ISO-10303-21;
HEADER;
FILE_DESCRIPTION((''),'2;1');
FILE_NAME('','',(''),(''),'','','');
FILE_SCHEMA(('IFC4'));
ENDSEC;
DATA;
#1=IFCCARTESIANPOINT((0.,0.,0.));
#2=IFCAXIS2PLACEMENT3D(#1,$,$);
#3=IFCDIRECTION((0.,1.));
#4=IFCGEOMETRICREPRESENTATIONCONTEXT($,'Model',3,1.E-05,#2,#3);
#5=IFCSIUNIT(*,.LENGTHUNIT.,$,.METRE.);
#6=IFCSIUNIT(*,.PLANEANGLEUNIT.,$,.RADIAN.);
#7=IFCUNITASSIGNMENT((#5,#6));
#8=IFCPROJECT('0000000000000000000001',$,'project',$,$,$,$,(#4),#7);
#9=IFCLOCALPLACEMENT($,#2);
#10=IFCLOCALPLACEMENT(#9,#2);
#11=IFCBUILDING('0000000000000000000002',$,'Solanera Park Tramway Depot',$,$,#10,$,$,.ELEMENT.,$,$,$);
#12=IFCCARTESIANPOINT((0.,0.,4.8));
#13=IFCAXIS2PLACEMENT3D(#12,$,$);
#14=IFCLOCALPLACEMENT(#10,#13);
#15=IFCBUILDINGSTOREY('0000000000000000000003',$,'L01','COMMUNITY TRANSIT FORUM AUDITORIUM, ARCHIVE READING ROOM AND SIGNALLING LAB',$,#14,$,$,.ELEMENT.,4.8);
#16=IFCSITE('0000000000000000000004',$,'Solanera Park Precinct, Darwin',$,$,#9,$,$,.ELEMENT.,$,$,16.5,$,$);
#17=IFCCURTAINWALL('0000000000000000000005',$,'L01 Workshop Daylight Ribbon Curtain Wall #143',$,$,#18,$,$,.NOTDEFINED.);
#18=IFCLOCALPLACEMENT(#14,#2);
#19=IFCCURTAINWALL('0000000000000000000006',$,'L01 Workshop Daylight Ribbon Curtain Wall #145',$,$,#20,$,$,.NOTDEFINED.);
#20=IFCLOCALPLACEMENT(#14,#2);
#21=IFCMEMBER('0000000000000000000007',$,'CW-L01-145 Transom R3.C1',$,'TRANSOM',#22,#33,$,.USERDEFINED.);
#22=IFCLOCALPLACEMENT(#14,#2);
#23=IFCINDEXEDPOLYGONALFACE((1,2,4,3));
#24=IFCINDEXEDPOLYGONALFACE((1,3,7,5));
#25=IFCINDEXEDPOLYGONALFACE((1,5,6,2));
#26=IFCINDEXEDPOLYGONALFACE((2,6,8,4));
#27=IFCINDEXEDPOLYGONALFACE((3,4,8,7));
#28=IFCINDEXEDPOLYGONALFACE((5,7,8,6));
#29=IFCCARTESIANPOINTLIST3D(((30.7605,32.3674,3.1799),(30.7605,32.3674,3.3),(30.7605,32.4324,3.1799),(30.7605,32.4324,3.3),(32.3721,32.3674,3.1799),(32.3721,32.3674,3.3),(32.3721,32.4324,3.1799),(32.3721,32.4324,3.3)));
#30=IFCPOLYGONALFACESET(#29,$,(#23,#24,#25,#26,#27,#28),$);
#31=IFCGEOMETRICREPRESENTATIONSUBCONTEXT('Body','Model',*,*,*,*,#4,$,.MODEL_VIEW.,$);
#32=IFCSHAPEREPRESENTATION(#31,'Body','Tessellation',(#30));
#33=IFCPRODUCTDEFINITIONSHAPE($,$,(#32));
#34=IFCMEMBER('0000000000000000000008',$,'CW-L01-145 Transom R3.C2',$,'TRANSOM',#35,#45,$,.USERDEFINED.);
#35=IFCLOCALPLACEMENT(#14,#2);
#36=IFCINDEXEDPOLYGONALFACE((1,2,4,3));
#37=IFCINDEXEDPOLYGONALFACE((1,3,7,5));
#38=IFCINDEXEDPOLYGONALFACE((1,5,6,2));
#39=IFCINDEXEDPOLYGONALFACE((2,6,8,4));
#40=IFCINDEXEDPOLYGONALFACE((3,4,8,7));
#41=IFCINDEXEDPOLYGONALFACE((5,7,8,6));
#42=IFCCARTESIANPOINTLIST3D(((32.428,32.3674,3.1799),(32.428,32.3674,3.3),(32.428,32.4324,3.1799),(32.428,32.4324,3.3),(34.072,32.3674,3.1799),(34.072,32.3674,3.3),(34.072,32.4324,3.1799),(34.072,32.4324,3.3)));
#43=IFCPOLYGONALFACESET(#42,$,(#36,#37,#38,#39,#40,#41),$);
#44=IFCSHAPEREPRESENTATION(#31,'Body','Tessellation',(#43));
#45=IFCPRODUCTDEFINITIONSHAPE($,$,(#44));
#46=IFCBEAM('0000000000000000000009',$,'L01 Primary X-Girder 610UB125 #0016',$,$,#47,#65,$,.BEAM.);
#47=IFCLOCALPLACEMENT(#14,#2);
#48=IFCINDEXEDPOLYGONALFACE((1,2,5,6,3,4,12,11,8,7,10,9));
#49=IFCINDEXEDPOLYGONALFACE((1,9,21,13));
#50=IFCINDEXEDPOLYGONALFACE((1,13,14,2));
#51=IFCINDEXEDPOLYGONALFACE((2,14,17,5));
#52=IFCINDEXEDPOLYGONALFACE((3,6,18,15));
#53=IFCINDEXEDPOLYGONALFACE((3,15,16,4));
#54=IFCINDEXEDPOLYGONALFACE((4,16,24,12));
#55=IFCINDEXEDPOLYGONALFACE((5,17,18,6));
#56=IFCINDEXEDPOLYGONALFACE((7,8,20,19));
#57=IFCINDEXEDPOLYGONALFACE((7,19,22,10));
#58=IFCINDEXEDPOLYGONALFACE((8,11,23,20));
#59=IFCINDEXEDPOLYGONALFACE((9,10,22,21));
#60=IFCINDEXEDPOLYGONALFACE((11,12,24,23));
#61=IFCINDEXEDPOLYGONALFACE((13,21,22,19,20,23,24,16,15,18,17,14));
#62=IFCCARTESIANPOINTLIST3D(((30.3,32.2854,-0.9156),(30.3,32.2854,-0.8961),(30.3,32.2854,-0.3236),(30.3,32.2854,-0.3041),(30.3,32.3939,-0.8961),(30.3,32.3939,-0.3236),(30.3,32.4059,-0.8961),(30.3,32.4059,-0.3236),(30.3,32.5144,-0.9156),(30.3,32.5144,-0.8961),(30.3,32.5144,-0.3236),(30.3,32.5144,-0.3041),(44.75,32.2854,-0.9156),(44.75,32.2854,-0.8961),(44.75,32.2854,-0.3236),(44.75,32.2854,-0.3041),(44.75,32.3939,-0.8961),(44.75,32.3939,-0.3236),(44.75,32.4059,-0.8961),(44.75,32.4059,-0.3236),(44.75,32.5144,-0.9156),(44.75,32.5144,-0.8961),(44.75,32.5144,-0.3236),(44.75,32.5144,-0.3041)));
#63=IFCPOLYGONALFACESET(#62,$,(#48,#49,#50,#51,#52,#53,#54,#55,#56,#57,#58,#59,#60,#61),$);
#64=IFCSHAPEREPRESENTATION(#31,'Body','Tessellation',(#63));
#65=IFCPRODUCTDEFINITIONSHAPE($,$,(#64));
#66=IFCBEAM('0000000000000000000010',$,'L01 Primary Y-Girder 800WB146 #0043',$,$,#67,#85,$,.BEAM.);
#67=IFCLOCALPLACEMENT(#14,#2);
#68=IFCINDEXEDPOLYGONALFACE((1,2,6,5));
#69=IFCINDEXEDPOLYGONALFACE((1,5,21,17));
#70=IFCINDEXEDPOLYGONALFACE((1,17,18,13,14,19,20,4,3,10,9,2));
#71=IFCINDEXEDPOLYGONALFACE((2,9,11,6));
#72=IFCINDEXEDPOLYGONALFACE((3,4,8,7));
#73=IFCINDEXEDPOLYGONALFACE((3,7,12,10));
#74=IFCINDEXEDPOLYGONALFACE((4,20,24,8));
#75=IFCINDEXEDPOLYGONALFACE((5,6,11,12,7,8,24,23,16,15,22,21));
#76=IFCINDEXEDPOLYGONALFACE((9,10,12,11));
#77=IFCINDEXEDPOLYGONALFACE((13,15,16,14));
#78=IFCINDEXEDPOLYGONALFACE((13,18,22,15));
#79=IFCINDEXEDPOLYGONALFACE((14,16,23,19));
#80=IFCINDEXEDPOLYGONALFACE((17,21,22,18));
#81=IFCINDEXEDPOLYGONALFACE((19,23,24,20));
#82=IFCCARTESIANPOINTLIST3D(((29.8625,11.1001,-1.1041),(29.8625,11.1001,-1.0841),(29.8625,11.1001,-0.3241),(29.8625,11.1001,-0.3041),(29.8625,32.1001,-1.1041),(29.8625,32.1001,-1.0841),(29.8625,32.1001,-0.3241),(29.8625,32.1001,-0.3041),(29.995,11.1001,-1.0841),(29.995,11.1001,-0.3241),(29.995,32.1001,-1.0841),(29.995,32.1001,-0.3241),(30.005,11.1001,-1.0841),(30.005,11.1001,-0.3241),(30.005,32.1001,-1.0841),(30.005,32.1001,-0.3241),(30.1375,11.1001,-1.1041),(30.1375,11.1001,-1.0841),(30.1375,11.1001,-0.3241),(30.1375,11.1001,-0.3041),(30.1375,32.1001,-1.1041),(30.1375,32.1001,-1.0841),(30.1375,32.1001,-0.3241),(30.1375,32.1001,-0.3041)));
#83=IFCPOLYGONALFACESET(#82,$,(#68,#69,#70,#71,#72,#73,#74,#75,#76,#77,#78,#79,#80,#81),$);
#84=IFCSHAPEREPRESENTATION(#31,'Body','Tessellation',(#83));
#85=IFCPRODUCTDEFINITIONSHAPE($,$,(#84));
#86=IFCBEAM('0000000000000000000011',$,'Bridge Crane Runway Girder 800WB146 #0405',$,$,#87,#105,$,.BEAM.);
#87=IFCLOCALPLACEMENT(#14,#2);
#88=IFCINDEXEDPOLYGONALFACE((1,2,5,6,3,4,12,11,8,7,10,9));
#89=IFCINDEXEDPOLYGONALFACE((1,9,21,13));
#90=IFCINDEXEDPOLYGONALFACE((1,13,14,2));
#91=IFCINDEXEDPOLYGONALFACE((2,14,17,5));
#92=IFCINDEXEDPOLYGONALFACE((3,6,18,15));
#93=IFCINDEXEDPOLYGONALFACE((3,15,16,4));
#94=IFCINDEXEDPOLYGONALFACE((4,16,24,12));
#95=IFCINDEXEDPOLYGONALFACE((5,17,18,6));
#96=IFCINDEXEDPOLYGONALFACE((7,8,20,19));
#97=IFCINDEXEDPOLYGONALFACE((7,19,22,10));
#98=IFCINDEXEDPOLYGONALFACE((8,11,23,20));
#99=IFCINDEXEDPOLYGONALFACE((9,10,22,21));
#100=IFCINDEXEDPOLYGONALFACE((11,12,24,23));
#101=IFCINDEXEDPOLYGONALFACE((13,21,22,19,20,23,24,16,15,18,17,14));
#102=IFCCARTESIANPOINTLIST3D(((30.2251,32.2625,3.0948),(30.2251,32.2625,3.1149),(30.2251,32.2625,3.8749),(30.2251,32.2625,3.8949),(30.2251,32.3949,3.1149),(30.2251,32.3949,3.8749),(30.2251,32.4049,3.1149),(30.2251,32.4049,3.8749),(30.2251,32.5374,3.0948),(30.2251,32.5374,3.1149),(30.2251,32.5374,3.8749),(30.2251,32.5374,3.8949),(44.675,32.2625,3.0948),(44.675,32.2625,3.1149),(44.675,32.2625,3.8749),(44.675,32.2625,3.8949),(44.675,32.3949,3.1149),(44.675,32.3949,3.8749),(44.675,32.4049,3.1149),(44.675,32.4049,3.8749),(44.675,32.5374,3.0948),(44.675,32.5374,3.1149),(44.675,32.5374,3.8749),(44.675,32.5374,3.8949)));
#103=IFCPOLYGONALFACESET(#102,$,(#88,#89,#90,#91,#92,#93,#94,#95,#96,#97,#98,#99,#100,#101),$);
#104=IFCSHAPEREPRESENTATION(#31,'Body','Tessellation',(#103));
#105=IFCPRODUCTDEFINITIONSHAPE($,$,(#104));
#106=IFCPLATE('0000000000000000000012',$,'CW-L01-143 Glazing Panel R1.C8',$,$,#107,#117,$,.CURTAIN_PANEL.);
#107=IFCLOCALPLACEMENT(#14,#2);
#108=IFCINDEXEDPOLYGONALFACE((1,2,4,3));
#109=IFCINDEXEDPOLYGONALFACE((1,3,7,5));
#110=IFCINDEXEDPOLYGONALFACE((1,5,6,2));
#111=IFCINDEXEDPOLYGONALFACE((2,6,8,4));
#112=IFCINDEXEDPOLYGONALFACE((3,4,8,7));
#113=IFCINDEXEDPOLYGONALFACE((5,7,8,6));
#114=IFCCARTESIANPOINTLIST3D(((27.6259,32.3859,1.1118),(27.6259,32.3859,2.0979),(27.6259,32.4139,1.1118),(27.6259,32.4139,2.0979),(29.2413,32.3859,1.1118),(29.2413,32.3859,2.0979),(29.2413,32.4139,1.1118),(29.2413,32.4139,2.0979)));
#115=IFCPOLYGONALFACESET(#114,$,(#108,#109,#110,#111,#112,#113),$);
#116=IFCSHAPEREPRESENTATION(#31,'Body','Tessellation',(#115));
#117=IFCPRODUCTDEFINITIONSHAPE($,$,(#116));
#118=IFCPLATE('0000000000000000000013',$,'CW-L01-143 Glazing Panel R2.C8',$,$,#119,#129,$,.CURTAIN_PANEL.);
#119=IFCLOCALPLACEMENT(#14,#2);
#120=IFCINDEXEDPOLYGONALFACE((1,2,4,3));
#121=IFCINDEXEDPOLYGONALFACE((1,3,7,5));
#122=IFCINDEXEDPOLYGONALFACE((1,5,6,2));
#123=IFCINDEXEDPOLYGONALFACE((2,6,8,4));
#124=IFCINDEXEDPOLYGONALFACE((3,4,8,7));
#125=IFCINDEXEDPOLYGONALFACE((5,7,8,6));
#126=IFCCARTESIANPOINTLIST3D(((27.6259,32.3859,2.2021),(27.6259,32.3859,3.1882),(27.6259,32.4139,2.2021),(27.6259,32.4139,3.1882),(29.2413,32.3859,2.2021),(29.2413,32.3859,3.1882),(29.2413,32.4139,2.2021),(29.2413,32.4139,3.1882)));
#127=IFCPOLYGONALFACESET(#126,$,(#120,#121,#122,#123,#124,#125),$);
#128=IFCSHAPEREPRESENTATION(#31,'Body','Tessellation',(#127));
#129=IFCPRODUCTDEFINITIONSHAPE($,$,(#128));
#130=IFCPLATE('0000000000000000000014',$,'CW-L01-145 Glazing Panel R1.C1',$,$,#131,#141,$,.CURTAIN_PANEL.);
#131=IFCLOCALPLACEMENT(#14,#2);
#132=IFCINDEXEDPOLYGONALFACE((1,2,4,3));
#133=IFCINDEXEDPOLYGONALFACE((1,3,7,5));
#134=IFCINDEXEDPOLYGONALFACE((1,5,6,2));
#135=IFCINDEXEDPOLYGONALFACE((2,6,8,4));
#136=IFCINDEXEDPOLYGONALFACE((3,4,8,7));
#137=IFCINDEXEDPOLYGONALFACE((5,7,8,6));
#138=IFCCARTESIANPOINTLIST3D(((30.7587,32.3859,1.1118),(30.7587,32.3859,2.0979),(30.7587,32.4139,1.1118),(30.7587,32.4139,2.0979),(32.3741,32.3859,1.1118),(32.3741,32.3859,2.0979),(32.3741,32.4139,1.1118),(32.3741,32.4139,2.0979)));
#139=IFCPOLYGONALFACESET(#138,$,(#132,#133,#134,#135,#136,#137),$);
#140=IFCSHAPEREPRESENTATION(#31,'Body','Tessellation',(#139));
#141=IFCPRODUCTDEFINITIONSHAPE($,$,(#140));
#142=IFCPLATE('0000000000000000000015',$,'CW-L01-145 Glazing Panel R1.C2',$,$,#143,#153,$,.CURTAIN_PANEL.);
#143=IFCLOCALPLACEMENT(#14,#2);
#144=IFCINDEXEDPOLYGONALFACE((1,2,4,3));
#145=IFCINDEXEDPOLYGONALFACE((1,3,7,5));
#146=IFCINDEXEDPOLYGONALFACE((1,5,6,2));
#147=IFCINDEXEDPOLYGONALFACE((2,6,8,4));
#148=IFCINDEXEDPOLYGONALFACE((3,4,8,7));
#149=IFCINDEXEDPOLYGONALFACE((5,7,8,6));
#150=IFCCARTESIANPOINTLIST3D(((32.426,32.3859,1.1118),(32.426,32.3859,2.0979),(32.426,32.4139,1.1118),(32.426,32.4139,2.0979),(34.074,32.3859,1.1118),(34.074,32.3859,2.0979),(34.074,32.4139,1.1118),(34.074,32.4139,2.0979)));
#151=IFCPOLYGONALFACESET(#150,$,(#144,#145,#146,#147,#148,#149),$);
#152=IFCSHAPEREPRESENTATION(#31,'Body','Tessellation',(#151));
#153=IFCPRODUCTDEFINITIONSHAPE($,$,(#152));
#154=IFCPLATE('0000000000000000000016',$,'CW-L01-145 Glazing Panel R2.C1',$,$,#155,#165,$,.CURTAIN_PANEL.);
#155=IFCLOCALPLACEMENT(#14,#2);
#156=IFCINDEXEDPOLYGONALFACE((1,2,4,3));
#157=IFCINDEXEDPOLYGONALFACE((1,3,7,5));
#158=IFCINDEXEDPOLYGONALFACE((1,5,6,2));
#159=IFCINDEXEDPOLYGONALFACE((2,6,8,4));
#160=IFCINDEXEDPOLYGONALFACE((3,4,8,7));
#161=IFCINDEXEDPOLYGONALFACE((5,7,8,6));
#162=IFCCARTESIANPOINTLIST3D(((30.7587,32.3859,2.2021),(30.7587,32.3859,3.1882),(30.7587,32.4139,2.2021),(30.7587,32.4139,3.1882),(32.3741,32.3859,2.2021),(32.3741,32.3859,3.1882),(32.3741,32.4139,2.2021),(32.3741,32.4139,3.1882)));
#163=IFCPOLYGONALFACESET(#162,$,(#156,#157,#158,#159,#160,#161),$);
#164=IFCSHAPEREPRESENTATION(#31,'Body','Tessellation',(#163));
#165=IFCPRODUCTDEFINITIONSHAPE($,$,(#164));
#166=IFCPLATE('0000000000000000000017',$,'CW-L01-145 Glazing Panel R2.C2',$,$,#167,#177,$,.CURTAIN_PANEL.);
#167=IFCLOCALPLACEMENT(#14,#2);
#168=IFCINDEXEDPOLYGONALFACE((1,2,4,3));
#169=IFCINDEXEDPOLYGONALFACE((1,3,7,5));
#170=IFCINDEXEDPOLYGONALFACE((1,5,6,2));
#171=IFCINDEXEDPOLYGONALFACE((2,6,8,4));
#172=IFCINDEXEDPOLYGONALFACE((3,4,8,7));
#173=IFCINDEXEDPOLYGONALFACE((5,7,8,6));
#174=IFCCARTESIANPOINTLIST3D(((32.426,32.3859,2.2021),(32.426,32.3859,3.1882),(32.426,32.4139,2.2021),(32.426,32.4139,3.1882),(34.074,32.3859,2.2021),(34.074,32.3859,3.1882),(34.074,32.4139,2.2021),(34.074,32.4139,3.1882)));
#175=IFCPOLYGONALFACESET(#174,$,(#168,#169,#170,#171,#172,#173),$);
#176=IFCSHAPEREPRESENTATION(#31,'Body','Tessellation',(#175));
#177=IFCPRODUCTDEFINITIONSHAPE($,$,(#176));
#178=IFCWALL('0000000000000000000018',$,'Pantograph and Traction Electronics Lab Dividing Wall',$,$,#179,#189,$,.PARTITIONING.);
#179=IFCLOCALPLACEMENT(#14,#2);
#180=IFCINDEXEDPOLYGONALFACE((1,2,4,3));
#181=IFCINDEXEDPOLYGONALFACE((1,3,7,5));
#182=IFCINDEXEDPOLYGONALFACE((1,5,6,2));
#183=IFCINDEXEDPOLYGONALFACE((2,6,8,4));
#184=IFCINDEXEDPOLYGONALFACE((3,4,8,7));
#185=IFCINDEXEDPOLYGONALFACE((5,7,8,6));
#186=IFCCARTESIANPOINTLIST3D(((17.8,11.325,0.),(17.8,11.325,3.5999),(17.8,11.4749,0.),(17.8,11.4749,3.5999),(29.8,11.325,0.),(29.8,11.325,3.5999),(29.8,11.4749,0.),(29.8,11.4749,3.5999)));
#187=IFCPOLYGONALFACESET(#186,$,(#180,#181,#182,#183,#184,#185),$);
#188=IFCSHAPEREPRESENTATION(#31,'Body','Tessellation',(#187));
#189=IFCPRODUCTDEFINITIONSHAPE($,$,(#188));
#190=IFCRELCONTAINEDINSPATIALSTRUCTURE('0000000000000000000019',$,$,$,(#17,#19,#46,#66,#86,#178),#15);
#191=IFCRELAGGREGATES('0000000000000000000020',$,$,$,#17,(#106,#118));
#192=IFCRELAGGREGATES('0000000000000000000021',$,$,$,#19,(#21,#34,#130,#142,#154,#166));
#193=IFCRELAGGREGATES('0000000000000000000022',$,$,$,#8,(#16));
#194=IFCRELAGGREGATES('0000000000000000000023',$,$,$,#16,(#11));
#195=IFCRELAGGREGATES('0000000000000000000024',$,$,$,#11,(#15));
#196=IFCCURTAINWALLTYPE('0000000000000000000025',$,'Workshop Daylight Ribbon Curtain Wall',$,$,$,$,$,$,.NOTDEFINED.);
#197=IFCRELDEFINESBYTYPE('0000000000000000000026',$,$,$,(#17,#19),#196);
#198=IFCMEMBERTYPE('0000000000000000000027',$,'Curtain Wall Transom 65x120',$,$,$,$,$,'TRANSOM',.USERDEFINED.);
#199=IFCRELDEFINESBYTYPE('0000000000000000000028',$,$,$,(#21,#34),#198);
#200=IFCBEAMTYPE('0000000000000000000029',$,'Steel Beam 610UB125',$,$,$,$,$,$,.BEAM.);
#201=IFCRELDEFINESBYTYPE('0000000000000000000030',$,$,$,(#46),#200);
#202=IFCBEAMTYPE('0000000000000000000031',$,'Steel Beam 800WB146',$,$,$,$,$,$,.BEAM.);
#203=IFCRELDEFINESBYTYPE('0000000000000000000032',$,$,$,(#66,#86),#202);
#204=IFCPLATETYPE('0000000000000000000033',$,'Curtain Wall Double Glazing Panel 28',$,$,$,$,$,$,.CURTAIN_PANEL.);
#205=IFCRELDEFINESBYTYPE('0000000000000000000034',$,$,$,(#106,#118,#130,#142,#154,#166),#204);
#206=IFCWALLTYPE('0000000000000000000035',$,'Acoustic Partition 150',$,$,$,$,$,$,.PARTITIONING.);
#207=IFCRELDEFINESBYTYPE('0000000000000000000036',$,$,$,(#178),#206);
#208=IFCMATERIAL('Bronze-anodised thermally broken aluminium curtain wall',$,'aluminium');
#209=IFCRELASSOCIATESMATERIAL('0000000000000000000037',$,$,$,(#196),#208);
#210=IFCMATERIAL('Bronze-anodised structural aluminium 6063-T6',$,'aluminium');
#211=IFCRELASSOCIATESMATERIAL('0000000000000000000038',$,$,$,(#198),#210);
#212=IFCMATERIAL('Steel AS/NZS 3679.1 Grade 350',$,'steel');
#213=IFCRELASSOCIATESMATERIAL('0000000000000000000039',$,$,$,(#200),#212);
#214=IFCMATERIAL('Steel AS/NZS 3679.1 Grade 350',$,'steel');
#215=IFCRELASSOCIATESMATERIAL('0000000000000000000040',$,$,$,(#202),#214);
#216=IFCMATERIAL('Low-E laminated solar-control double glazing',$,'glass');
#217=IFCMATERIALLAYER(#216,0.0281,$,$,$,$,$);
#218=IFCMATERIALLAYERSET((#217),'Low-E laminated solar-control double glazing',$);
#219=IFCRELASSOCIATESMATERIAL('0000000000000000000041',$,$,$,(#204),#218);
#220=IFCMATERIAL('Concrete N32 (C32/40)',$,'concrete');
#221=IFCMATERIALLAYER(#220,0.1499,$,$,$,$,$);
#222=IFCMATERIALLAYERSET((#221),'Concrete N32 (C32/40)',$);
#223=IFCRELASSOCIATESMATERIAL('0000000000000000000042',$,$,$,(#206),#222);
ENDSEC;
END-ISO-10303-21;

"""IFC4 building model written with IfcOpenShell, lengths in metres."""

from ifc_helpers import new_model, si_unit, direction, frame, frame_2d, origin, origin_2d, place, context, subcontext, project, spatial, rectangle, i_section, extrude, material, layer, layer_set, material_profile, profile_set, type_object, element, aggregate, save


model = new_model("IFC4")

# Units and contexts
model_context = context("Model", 3, precision=1e-05, world=origin(), true_north=direction((0.0, 1.0)))
body_context = subcontext(model_context, "Body", "Model", "MODEL_VIEW")
ifc_project = project(units=[si_unit("LENGTHUNIT", "METRE"), si_unit("PLANEANGLEUNIT", "RADIAN")], contexts=[model_context])

# Site, building, storey
site_placement = place(None, origin())
site = spatial("IfcSite", under=ifc_project, at=site_placement, Name="Solanera Park Precinct, Darwin", CompositionType="ELEMENT", RefElevation=16.5)
building_placement = place(site_placement, origin())
building = spatial("IfcBuilding", under=site, at=building_placement, Name="Solanera Park Tramway Depot", CompositionType="ELEMENT")
storey_placement = place(building_placement, frame((0.0, 0.0, 4.8)))
storey = spatial("IfcBuildingStorey", under=building, at=storey_placement, Name="L01", Description="COMMUNITY TRANSIT FORUM AUDITORIUM, ARCHIVE READING ROOM AND SIGNALLING LAB", CompositionType="ELEMENT", Elevation=4.8)

# Curtain wall
ifc_material_1 = material(Name="Bronze-anodised thermally broken aluminium curtain wall", Category="aluminium")
curtain_wall_type = type_object("IfcCurtainWallType", Name="Workshop Daylight Ribbon Curtain Wall", PredefinedType="NOTDEFINED", material=ifc_material_1)
curtain_wall_1_placement = place(storey_placement, origin())
curtain_wall_1 = element("IfcCurtainWall", 1, at=curtain_wall_1_placement, inside=storey, type_object=curtain_wall_type, Name="L01 Workshop Daylight Ribbon Curtain Wall #143", PredefinedType="NOTDEFINED")

# Curtain wall
curtain_wall_2_placement = place(storey_placement, origin())
curtain_wall_2 = element("IfcCurtainWall", 2, at=curtain_wall_2_placement, inside=storey, type_object=curtain_wall_type, Name="L01 Workshop Daylight Ribbon Curtain Wall #145", PredefinedType="NOTDEFINED")

# Members
ifc_material_2 = material(Name="Bronze-anodised structural aluminium 6063-T6", Category="aluminium")
ifc_material_profile_1 = material_profile(ifc_material_2, rectangle(XDim=0.0649, YDim=0.1201, at=origin_2d()), Name="Curtain Wall Transom 65x120")
ifc_profile_set_1 = profile_set([ifc_material_profile_1], Name="Bronze-anodised structural aluminium 6063-T6")
member_type_1 = type_object("IfcMemberType", Name="Curtain Wall Transom 65x120", ElementType="TRANSOM", PredefinedType="USERDEFINED", material=ifc_profile_set_1)
member_1_placement = place(storey_placement, frame((30.7605, 32.3999, 3.24), z_axis=(1.0, 0.0, 0.0), x_axis=(0.0, 1.0, 0.0)))
member_1 = element("IfcMember", 3, at=member_1_placement, type_object=member_type_1, Name="CW-L01-145 Transom R3.C1", ObjectType="TRANSOM", PredefinedType="USERDEFINED", context=body_context, shape_type="SweptSolid", body=[
    extrude(rectangle(XDim=0.0649, YDim=0.1201, at=origin_2d()), origin(), (0.0, 0.0, 1.0), 1.6116),
])
member_2_placement = place(storey_placement, frame((32.428, 32.3999, 3.24), z_axis=(1.0, 0.0, 0.0), x_axis=(0.0, 1.0, 0.0)))
member_2 = element("IfcMember", 4, at=member_2_placement, type_object=member_type_1, Name="CW-L01-145 Transom R3.C2", ObjectType="TRANSOM", PredefinedType="USERDEFINED", context=body_context, shape_type="SweptSolid", body=[
    extrude(rectangle(XDim=0.0649, YDim=0.1201, at=origin_2d()), origin(), (0.0, 0.0, 1.0), 1.644),
])

# Beams
ifc_material_3 = material(Name="Steel AS/NZS 3679.1 Grade 350", Category="steel")
ifc_material_profile_2 = material_profile(ifc_material_3, i_section(OverallWidth=0.229, OverallDepth=0.6116, WebThickness=0.012, FlangeThickness=0.0195, at=origin_2d()), Name="610UB125")
ifc_profile_set_2 = profile_set([ifc_material_profile_2], Name="Steel AS/NZS 3679.1 Grade 350")
beam_type_1 = type_object("IfcBeamType", Name="Steel Beam 610UB125", PredefinedType="BEAM", material=ifc_profile_set_2)
beam_1_placement = place(storey_placement, frame((30.3, 32.3999, -0.6099), z_axis=(1.0, 0.0, 0.0), x_axis=(0.0, 1.0, 0.0)))
element("IfcBeam", 5, at=beam_1_placement, inside=storey, type_object=beam_type_1, Name="L01 Primary X-Girder 610UB125 #0016", PredefinedType="BEAM", context=body_context, shape_type="SweptSolid", body=[
    extrude(i_section(OverallWidth=0.229, OverallDepth=0.6116, WebThickness=0.012, FlangeThickness=0.0195, at=origin_2d()), origin(), (0.0, 0.0, 1.0), 14.45),
])
ifc_material_4 = material(Name="Steel AS/NZS 3679.1 Grade 350", Category="steel")
ifc_material_profile_3 = material_profile(ifc_material_4, i_section(OverallWidth=0.2749, OverallDepth=0.8, WebThickness=0.01, FlangeThickness=0.02, at=origin_2d()), Name="800WB146")
ifc_profile_set_3 = profile_set([ifc_material_profile_3], Name="Steel AS/NZS 3679.1 Grade 350")
beam_type_2 = type_object("IfcBeamType", Name="Steel Beam 800WB146", PredefinedType="BEAM", material=ifc_profile_set_3)
beam_2_placement = place(storey_placement, frame((30.0, 11.1001, -0.7041), z_axis=(0.0, 1.0, 0.0), x_axis=(-1.0, 0.0, 0.0)))
element("IfcBeam", 6, at=beam_2_placement, inside=storey, type_object=beam_type_2, Name="L01 Primary Y-Girder 800WB146 #0043", PredefinedType="BEAM", context=body_context, shape_type="SweptSolid", body=[
    extrude(i_section(OverallWidth=0.2749, OverallDepth=0.8, WebThickness=0.01, FlangeThickness=0.02, at=origin_2d()), origin(), (0.0, 0.0, 1.0), 21.0),
])
beam_3_placement = place(storey_placement, frame((30.2251, 32.3999, 3.4949), z_axis=(1.0, 0.0, 0.0), x_axis=(0.0, 1.0, 0.0)))
element("IfcBeam", 7, at=beam_3_placement, inside=storey, type_object=beam_type_2, Name="Bridge Crane Runway Girder 800WB146 #0405", PredefinedType="BEAM", context=body_context, shape_type="SweptSolid", body=[
    extrude(i_section(OverallWidth=0.2749, OverallDepth=0.8, WebThickness=0.01, FlangeThickness=0.02, at=origin_2d()), origin(), (0.0, 0.0, 1.0), 14.45),
])

# Plates
ifc_material_5 = material(Name="Low-E laminated solar-control double glazing", Category="glass")
ifc_layer_1 = layer(ifc_material_5, 0.0281)
ifc_layer_set_1 = layer_set([ifc_layer_1], Name="Low-E laminated solar-control double glazing")
plate_type = type_object("IfcPlateType", Name="Curtain Wall Double Glazing Panel 28", PredefinedType="CURTAIN_PANEL", material=ifc_layer_set_1)
plate_1_placement = place(storey_placement, frame((28.4336, 32.3999, 1.1118), z_axis=(0.0, 0.0, 1.0), x_axis=(1.0, 0.0, 0.0)))
plate_1 = element("IfcPlate", 8, at=plate_1_placement, type_object=plate_type, Name="CW-L01-143 Glazing Panel R1.C8", PredefinedType="CURTAIN_PANEL", context=body_context, shape_type="SweptSolid", body=[
    extrude(rectangle(XDim=1.6155, YDim=0.0281, at=origin_2d()), origin(), (0.0, 0.0, 1.0), 0.9861),
])
plate_2_placement = place(storey_placement, frame((28.4336, 32.3999, 2.2021), z_axis=(0.0, 0.0, 1.0), x_axis=(1.0, 0.0, 0.0)))
plate_2 = element("IfcPlate", 9, at=plate_2_placement, type_object=plate_type, Name="CW-L01-143 Glazing Panel R2.C8", PredefinedType="CURTAIN_PANEL", context=body_context, shape_type="SweptSolid", body=[
    extrude(rectangle(XDim=1.6155, YDim=0.0281, at=origin_2d()), origin(), (0.0, 0.0, 1.0), 0.9861),
])
aggregate(curtain_wall_1, [plate_1, plate_2])
plate_3_placement = place(storey_placement, frame((31.5664, 32.3999, 1.1118), z_axis=(0.0, 0.0, 1.0), x_axis=(1.0, 0.0, 0.0)))
plate_3 = element("IfcPlate", 10, at=plate_3_placement, type_object=plate_type, Name="CW-L01-145 Glazing Panel R1.C1", PredefinedType="CURTAIN_PANEL", context=body_context, shape_type="SweptSolid", body=[
    extrude(rectangle(XDim=1.6155, YDim=0.0281, at=origin_2d()), origin(), (0.0, 0.0, 1.0), 0.9861),
])
plate_4_placement = place(storey_placement, frame((33.25, 32.3999, 1.1118), z_axis=(0.0, 0.0, 1.0), x_axis=(1.0, 0.0, 0.0)))
plate_4 = element("IfcPlate", 11, at=plate_4_placement, type_object=plate_type, Name="CW-L01-145 Glazing Panel R1.C2", PredefinedType="CURTAIN_PANEL", context=body_context, shape_type="SweptSolid", body=[
    extrude(rectangle(XDim=1.6479, YDim=0.0281, at=origin_2d()), origin(), (0.0, 0.0, 1.0), 0.9861),
])
plate_5_placement = place(storey_placement, frame((31.5664, 32.3999, 2.2021), z_axis=(0.0, 0.0, 1.0), x_axis=(1.0, 0.0, 0.0)))
plate_5 = element("IfcPlate", 12, at=plate_5_placement, type_object=plate_type, Name="CW-L01-145 Glazing Panel R2.C1", PredefinedType="CURTAIN_PANEL", context=body_context, shape_type="SweptSolid", body=[
    extrude(rectangle(XDim=1.6155, YDim=0.0281, at=origin_2d()), origin(), (0.0, 0.0, 1.0), 0.9861),
])
plate_6_placement = place(storey_placement, frame((33.25, 32.3999, 2.2021), z_axis=(0.0, 0.0, 1.0), x_axis=(1.0, 0.0, 0.0)))
plate_6 = element("IfcPlate", 13, at=plate_6_placement, type_object=plate_type, Name="CW-L01-145 Glazing Panel R2.C2", PredefinedType="CURTAIN_PANEL", context=body_context, shape_type="SweptSolid", body=[
    extrude(rectangle(XDim=1.6479, YDim=0.0281, at=origin_2d()), origin(), (0.0, 0.0, 1.0), 0.9861),
])
aggregate(curtain_wall_2, [member_1, member_2, plate_3, plate_4, plate_5, plate_6])

# Wall
ifc_material_6 = material(Name="Concrete N32 (C32/40)", Category="concrete")
ifc_layer_2 = layer(ifc_material_6, 0.1499)
ifc_layer_set_2 = layer_set([ifc_layer_2], Name="Concrete N32 (C32/40)")
wall_type_1 = type_object("IfcWallType", Name="Acoustic Partition 150", PredefinedType="PARTITIONING", material=ifc_layer_set_2)
wall_1_placement = place(storey_placement, frame((29.8, 11.3999, 0.0), z_axis=(0.0, 0.0, 1.0), x_axis=(-1.0, 0.0, 0.0)))
element("IfcWall", 14, at=wall_1_placement, inside=storey, type_object=wall_type_1, Name="Pantograph and Traction Electronics Lab Dividing Wall", PredefinedType="PARTITIONING", context=body_context, shape_type="SweptSolid", body=[
    extrude(rectangle(XDim=12.0, YDim=0.1499, at=frame_2d((6.0, 0.0))), origin(), (0.0, 0.0, 1.0), 3.5999),
])

save(model, "model.ifc")
